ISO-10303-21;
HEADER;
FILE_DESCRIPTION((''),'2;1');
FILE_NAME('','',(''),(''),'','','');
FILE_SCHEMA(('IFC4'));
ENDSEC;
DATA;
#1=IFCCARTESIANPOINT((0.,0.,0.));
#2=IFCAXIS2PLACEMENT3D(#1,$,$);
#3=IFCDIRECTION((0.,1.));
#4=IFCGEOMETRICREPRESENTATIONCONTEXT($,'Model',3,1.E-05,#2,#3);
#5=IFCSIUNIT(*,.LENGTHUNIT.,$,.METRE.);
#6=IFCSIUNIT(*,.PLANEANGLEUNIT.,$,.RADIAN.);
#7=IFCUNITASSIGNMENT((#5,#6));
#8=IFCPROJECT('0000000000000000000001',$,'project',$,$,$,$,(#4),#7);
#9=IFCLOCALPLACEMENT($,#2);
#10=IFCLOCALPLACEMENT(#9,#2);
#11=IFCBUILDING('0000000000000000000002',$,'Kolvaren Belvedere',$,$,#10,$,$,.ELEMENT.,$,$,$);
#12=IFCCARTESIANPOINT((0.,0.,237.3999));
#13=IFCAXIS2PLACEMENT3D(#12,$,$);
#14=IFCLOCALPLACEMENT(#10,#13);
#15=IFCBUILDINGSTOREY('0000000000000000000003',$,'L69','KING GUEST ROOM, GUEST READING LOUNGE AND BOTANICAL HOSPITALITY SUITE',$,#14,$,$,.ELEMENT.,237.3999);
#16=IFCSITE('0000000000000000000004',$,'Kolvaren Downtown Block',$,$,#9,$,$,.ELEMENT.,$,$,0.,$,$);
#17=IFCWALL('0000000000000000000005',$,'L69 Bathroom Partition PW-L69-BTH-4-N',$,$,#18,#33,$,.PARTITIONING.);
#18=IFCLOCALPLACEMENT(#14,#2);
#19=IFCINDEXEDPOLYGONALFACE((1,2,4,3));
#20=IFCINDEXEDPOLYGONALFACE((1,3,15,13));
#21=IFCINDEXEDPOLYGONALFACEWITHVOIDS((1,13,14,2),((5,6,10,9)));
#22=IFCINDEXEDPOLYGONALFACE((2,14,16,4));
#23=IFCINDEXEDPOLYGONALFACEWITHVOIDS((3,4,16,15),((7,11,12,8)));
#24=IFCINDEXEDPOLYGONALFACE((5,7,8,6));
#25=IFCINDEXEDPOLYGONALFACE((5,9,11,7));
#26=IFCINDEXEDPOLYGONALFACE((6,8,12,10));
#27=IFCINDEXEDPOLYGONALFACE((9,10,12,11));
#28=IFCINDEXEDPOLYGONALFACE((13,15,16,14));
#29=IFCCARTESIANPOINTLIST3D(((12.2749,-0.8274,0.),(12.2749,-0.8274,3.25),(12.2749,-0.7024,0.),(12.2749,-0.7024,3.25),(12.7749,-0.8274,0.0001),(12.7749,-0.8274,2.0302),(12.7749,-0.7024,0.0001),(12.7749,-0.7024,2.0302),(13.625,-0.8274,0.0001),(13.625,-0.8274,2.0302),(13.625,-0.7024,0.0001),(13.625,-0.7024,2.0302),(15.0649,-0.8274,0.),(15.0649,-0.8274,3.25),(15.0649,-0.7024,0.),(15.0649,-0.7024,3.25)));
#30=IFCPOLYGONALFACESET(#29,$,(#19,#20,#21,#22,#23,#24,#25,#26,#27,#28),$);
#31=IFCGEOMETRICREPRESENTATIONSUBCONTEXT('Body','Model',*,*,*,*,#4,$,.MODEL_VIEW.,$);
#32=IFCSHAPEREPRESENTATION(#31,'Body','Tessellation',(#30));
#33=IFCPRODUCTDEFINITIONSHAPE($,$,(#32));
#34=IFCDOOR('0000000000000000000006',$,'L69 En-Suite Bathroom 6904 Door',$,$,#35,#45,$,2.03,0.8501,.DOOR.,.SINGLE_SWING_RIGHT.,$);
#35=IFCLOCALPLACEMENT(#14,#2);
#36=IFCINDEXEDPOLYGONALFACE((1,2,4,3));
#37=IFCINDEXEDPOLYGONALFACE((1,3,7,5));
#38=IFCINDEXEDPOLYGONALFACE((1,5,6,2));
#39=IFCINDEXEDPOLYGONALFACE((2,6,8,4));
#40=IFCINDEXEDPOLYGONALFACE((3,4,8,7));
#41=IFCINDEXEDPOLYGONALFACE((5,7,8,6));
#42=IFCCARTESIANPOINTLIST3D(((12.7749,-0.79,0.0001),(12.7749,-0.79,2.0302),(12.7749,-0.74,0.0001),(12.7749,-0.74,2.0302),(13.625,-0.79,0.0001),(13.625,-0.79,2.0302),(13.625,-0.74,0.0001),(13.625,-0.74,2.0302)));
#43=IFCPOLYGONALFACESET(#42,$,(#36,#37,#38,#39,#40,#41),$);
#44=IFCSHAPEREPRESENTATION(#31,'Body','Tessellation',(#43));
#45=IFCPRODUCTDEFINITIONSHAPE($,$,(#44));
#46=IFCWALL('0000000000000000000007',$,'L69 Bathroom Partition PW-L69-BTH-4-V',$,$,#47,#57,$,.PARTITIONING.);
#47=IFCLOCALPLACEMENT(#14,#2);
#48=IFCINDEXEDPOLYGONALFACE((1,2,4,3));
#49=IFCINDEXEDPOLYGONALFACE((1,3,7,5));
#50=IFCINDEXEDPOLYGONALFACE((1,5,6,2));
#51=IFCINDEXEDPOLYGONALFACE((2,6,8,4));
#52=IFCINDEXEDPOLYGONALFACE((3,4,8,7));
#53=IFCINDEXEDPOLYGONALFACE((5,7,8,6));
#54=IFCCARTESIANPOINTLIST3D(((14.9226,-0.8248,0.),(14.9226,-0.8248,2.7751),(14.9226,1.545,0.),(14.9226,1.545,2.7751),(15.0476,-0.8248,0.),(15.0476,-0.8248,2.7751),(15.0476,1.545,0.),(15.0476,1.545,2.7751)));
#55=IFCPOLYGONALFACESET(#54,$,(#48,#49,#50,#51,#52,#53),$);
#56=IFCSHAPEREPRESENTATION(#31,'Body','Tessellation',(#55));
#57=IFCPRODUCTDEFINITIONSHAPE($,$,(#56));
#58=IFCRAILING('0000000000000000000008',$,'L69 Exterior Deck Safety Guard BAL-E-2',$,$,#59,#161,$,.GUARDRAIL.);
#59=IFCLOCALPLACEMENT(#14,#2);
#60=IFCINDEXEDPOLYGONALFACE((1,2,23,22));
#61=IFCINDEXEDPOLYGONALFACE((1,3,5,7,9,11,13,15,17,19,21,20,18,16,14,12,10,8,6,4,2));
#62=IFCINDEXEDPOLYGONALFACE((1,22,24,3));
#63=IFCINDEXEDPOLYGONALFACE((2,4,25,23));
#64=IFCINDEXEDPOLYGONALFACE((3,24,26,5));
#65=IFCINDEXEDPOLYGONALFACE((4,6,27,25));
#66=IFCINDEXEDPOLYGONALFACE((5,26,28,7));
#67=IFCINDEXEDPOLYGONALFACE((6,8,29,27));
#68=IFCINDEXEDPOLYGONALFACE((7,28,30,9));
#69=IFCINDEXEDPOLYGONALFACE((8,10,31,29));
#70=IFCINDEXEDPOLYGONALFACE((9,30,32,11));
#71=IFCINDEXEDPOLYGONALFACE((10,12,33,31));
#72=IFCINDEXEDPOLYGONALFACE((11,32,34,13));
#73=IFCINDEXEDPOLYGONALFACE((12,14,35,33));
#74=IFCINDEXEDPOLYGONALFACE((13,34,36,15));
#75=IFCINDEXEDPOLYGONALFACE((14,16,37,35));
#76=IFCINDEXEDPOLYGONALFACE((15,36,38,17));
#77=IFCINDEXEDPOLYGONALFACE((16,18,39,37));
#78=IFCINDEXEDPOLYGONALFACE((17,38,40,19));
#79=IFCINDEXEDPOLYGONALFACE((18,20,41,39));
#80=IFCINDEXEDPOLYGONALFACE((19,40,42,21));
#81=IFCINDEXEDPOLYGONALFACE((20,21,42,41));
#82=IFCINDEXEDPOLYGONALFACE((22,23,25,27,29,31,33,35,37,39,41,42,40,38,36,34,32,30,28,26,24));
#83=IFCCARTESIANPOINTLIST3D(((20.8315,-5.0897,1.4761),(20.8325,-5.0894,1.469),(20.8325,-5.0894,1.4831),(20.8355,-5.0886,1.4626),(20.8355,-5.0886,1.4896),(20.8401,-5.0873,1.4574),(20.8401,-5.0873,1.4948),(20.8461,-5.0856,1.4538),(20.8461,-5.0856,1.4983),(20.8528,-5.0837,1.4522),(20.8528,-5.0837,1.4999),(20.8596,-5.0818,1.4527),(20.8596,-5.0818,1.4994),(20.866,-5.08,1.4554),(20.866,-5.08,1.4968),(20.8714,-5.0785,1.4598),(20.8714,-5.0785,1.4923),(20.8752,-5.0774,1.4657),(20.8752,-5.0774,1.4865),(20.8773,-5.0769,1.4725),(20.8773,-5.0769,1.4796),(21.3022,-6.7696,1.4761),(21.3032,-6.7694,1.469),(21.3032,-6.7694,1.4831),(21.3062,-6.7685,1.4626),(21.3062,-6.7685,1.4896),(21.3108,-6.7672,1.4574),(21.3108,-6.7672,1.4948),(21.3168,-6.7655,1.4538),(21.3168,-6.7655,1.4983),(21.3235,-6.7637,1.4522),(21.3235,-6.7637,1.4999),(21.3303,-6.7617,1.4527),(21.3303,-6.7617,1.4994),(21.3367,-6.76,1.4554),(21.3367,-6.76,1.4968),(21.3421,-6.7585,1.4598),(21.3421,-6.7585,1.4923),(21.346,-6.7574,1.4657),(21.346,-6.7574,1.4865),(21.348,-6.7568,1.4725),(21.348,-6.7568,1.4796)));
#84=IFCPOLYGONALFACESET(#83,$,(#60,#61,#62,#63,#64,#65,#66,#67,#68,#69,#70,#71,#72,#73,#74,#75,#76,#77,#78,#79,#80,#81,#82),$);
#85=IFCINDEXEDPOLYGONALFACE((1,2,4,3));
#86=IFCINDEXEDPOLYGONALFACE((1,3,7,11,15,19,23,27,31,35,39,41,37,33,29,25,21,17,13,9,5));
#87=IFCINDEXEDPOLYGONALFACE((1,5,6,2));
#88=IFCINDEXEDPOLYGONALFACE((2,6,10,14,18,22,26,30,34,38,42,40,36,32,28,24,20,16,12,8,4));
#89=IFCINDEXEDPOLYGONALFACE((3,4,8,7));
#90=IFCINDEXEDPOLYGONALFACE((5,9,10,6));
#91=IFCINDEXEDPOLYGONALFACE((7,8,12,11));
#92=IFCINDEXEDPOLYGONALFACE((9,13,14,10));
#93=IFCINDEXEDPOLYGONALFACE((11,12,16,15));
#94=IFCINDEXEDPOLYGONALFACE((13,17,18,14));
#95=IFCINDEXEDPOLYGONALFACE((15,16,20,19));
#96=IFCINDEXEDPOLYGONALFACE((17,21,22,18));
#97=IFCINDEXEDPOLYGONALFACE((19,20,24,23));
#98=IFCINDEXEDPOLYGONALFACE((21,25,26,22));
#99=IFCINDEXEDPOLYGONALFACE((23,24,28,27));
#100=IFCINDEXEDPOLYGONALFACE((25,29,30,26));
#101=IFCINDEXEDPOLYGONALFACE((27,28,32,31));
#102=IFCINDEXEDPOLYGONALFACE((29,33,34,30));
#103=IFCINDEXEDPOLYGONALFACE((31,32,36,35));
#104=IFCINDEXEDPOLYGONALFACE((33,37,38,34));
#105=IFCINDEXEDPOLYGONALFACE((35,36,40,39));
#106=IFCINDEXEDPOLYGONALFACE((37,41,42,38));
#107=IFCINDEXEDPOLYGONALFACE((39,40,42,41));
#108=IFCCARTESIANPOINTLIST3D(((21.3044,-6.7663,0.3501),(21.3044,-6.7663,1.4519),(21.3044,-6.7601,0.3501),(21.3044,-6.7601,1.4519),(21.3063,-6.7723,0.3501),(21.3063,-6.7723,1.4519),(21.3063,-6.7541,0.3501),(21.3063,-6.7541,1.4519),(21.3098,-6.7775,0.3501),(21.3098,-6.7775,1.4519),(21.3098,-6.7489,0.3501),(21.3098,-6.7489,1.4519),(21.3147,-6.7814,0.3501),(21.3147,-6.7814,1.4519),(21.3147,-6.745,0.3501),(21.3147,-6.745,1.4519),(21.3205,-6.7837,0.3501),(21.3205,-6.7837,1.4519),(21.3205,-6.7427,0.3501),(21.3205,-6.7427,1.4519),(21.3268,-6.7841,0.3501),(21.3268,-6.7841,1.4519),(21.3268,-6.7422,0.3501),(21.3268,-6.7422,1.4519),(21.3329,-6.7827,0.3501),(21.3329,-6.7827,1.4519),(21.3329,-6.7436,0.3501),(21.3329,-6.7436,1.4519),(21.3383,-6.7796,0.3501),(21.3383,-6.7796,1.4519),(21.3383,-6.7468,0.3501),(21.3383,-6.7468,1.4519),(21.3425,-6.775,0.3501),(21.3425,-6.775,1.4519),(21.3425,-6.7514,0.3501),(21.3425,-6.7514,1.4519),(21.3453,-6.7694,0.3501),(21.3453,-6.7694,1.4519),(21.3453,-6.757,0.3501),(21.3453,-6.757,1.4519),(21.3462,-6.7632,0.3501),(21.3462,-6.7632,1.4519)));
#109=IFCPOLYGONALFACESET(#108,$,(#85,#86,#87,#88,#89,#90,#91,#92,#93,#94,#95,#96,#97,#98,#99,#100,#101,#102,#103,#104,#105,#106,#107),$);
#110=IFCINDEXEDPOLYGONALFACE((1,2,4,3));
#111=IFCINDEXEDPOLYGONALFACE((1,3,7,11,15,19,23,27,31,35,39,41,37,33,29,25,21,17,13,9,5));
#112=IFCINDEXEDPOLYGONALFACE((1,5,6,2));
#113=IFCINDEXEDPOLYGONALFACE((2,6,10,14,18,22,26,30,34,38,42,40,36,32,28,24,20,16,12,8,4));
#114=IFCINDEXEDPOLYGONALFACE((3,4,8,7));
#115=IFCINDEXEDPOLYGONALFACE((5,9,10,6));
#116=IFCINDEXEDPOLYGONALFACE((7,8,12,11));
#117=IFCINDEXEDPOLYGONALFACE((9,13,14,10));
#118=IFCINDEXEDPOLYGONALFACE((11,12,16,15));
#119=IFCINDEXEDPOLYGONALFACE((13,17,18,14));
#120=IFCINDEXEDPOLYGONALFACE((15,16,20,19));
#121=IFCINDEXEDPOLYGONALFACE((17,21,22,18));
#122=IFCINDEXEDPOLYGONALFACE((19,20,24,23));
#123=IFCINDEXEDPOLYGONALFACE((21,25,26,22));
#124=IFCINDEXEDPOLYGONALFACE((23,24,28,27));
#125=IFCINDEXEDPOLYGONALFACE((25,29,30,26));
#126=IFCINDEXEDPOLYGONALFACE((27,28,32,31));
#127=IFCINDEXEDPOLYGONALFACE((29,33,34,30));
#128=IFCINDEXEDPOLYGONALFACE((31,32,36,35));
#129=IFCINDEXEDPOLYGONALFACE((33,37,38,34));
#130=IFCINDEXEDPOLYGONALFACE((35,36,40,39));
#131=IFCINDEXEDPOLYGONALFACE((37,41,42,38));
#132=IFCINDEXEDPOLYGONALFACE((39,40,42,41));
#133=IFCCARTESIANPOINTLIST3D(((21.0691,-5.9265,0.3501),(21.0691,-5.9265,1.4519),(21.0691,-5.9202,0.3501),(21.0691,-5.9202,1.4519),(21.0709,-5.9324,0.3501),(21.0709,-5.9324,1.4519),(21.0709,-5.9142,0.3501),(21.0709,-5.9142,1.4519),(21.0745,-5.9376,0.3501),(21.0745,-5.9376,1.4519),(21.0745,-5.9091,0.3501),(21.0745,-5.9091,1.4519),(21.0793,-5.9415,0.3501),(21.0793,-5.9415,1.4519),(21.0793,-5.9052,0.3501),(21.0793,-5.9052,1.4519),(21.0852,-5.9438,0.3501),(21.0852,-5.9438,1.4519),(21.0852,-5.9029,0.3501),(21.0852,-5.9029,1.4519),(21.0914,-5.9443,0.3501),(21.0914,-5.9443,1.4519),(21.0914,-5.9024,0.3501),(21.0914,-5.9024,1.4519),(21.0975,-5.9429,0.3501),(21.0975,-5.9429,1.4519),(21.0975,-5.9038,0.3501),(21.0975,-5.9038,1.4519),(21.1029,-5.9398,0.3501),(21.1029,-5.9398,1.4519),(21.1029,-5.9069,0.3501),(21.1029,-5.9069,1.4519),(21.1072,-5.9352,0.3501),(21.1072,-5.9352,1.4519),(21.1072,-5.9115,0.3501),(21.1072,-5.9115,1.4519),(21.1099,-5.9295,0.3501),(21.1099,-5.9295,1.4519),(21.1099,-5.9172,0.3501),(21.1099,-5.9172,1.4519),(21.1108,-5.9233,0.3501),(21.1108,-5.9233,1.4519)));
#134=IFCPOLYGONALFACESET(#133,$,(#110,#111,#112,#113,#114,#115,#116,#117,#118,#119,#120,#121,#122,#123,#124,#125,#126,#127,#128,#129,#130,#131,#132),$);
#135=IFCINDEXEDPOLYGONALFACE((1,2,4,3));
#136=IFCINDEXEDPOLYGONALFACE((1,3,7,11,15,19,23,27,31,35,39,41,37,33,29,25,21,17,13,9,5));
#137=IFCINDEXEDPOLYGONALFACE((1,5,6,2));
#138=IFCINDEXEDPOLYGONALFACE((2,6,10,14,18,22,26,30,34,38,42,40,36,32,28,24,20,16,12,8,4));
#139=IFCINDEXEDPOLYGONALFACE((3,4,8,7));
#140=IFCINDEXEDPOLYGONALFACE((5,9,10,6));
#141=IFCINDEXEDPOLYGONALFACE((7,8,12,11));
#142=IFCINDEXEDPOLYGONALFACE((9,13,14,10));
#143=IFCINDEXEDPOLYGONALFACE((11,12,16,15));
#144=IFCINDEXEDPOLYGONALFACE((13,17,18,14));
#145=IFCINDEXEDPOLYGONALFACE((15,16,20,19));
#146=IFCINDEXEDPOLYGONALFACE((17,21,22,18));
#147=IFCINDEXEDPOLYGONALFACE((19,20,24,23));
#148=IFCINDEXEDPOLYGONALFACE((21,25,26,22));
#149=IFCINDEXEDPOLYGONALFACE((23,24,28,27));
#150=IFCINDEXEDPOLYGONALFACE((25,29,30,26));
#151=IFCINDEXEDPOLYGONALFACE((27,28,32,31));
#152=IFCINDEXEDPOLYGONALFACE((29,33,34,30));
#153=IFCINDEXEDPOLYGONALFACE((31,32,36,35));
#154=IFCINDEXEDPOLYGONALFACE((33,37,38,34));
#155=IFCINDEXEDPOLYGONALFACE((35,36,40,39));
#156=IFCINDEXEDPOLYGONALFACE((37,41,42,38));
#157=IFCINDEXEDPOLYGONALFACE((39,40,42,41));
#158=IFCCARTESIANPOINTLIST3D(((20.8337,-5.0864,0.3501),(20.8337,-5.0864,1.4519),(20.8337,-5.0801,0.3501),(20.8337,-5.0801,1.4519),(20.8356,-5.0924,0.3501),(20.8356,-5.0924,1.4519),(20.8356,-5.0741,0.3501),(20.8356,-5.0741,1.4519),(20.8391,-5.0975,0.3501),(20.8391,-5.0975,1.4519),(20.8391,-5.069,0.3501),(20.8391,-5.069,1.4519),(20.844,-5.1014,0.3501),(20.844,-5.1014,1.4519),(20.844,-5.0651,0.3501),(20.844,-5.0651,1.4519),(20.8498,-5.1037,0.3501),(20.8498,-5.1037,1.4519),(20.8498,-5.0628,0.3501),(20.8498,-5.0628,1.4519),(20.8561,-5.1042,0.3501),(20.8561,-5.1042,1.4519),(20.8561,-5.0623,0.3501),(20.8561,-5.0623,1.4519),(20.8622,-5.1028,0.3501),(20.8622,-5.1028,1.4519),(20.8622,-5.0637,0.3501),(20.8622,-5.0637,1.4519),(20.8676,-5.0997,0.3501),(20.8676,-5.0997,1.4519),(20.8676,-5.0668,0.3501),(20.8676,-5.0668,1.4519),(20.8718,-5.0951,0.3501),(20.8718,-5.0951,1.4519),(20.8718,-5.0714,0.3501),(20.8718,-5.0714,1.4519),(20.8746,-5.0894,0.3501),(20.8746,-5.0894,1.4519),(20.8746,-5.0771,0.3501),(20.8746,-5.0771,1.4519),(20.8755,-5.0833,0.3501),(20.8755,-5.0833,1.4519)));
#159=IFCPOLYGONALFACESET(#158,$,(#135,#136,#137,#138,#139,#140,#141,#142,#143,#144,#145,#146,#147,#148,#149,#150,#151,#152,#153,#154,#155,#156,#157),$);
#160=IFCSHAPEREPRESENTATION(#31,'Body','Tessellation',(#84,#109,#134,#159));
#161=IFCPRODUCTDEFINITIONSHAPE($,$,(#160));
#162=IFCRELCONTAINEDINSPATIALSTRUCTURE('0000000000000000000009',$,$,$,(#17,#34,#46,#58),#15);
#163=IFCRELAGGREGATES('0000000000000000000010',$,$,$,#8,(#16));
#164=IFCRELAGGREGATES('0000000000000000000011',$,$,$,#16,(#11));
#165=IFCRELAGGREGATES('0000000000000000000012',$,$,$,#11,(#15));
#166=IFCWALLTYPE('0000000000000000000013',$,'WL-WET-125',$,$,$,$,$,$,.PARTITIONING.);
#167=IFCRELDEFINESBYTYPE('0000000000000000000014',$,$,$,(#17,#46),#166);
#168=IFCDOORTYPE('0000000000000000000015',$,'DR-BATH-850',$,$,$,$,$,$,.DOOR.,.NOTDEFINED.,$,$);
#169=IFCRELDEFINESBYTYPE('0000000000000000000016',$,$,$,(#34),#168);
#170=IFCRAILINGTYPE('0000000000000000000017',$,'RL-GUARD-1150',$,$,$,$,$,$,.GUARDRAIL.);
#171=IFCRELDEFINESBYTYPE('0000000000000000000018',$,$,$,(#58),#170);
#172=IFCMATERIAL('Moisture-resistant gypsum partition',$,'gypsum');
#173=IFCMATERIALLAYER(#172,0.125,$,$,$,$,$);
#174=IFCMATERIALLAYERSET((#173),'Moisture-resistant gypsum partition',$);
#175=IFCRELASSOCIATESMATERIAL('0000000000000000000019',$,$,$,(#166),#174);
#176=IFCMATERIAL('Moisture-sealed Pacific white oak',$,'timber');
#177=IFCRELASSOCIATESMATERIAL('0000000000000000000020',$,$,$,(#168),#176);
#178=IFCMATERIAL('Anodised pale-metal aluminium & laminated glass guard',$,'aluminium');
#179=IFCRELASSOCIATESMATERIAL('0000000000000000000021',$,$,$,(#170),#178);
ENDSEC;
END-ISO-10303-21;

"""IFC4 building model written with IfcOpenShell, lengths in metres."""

from ifc_helpers import new_model, si_unit, direction, frame, frame_2d, origin, origin_2d, place, context, subcontext, project, spatial, rectangle, circle, extrude, material, layer, layer_set, type_object, element, fill, save


model = new_model("IFC4")

# Units and contexts
model_context = context("Model", 3, precision=1e-05, world=origin(), true_north=direction((0.0, 1.0)))
body_context = subcontext(model_context, "Body", "Model", "MODEL_VIEW")
ifc_project = project(units=[si_unit("LENGTHUNIT", "METRE"), si_unit("PLANEANGLEUNIT", "RADIAN")], contexts=[model_context])

# Site, building, storey
site_placement = place(None, origin())
site = spatial("IfcSite", under=ifc_project, at=site_placement, Name="Kolvaren Downtown Block", CompositionType="ELEMENT", RefElevation=0.0)
building_placement = place(site_placement, origin())
building = spatial("IfcBuilding", under=site, at=building_placement, Name="Kolvaren Belvedere", CompositionType="ELEMENT")
storey_placement = place(building_placement, frame((0.0, 0.0, 237.3999)))
storey = spatial("IfcBuildingStorey", under=building, at=storey_placement, Name="L69", Description="KING GUEST ROOM, GUEST READING LOUNGE AND BOTANICAL HOSPITALITY SUITE", CompositionType="ELEMENT", Elevation=237.3999)

# Wall, opening, door
ifc_material_1 = material(Name="Moisture-resistant gypsum partition", Category="gypsum")
ifc_layer_1 = layer(ifc_material_1, 0.125)
ifc_layer_set_1 = layer_set([ifc_layer_1], Name="Moisture-resistant gypsum partition")
wall_type_1 = type_object("IfcWallType", Name="WL-WET-125", PredefinedType="PARTITIONING", material=ifc_layer_set_1)
wall_1_placement = place(storey_placement, frame((12.2749, -0.7649, 0.0), z_axis=(0.0, 0.0, 1.0), x_axis=(1.0, 0.0, 0.0)))
wall_1 = element("IfcWall", 1, at=wall_1_placement, inside=storey, type_object=wall_type_1, Name="L69 Bathroom Partition PW-L69-BTH-4-N", PredefinedType="PARTITIONING", context=body_context, shape_type="SweptSolid", body=[
    extrude(rectangle(XDim=2.79, YDim=0.125, at=frame_2d((1.395, 0.0))), origin(), (0.0, 0.0, 1.0), 3.25),
])
opening_placement = place(wall_1_placement, frame((0.5, 0.0, 0.0)))
opening = element("IfcOpeningElement", 2, at=opening_placement, cuts=wall_1, PredefinedType="OPENING", context=body_context, shape_type="SweptSolid", body=[
    extrude(rectangle(XDim=0.8501, YDim=2.03, at=frame_2d((0.425, 1.0151))), frame((0.0, 0.0725, 0.0), z_axis=(0.0, -1.0, 0.0), x_axis=(1.0, 0.0, 0.0)), (0.0, 0.0, 1.0), 0.145),
])
ifc_material_2 = material(Name="Moisture-sealed Pacific white oak", Category="timber")
door_type = type_object("IfcDoorType", Name="DR-BATH-850", OperationType="NOTDEFINED", PredefinedType="DOOR", material=ifc_material_2)
door_placement = place(opening_placement, origin())
door = element("IfcDoor", 3, at=door_placement, inside=storey, type_object=door_type, Name="L69 En-Suite Bathroom 6904 Door", OperationType="SINGLE_SWING_RIGHT", OverallHeight=2.03, OverallWidth=0.8501, PredefinedType="DOOR", context=body_context, shape_type="SweptSolid", body=[
    extrude(rectangle(XDim=0.8501, YDim=2.03, at=frame_2d((0.425, 1.0151))), frame((0.0, 0.0249, 0.0), z_axis=(0.0, -1.0, 0.0), x_axis=(1.0, 0.0, 0.0)), (0.0, 0.0, 1.0), 0.05),
])
fill(opening, door)

# Wall
wall_2_placement = place(storey_placement, frame((14.9851, -0.825, 0.0), z_axis=(0.0, 0.0, 1.0), x_axis=(0.0, 1.0, 0.0)))
element("IfcWall", 4, at=wall_2_placement, inside=storey, type_object=wall_type_1, Name="L69 Bathroom Partition PW-L69-BTH-4-V", PredefinedType="PARTITIONING", context=body_context, shape_type="SweptSolid", body=[
    extrude(rectangle(XDim=2.3699, YDim=0.125, at=frame_2d((1.1851, 0.0))), origin(), (0.0, 0.0, 1.0), 2.7751),
])

# Railing
ifc_material_3 = material(Name="Anodised pale-metal aluminium & laminated glass guard", Category="aluminium")
railing_type = type_object("IfcRailingType", Name="RL-GUARD-1150", PredefinedType="GUARDRAIL", material=ifc_material_3)
railing_1_placement = place(storey_placement, frame((21.3252, -6.7632, 0.3501)))
element("IfcRailing", 5, at=railing_1_placement, inside=storey, type_object=railing_type, Name="L69 Exterior Deck Safety Guard BAL-E-2", PredefinedType="GUARDRAIL", context=body_context, shape_type="SweptSolid", body=[
    extrude(circle(Radius=0.0239, at=origin_2d()), frame((0.0, 0.0, 1.126), z_axis=(-0.269801, 0.962916, 0.0), x_axis=(-0.962916, -0.269801, 0.0)), (0.0, 0.0, 1.0), 1.7446),
    extrude(circle(Radius=0.021, at=origin_2d()), origin(), (0.0, 0.0, 1.0), 1.1018),
    extrude(circle(Radius=0.021, at=origin_2d()), frame((-0.2354, 0.8398, 0.0)), (0.0, 0.0, 1.0), 1.1018),
    extrude(circle(Radius=0.021, at=origin_2d()), frame((-0.4707, 1.6799, 0.0)), (0.0, 0.0, 1.0), 1.1018),
])

save(model, "model.ifc")
